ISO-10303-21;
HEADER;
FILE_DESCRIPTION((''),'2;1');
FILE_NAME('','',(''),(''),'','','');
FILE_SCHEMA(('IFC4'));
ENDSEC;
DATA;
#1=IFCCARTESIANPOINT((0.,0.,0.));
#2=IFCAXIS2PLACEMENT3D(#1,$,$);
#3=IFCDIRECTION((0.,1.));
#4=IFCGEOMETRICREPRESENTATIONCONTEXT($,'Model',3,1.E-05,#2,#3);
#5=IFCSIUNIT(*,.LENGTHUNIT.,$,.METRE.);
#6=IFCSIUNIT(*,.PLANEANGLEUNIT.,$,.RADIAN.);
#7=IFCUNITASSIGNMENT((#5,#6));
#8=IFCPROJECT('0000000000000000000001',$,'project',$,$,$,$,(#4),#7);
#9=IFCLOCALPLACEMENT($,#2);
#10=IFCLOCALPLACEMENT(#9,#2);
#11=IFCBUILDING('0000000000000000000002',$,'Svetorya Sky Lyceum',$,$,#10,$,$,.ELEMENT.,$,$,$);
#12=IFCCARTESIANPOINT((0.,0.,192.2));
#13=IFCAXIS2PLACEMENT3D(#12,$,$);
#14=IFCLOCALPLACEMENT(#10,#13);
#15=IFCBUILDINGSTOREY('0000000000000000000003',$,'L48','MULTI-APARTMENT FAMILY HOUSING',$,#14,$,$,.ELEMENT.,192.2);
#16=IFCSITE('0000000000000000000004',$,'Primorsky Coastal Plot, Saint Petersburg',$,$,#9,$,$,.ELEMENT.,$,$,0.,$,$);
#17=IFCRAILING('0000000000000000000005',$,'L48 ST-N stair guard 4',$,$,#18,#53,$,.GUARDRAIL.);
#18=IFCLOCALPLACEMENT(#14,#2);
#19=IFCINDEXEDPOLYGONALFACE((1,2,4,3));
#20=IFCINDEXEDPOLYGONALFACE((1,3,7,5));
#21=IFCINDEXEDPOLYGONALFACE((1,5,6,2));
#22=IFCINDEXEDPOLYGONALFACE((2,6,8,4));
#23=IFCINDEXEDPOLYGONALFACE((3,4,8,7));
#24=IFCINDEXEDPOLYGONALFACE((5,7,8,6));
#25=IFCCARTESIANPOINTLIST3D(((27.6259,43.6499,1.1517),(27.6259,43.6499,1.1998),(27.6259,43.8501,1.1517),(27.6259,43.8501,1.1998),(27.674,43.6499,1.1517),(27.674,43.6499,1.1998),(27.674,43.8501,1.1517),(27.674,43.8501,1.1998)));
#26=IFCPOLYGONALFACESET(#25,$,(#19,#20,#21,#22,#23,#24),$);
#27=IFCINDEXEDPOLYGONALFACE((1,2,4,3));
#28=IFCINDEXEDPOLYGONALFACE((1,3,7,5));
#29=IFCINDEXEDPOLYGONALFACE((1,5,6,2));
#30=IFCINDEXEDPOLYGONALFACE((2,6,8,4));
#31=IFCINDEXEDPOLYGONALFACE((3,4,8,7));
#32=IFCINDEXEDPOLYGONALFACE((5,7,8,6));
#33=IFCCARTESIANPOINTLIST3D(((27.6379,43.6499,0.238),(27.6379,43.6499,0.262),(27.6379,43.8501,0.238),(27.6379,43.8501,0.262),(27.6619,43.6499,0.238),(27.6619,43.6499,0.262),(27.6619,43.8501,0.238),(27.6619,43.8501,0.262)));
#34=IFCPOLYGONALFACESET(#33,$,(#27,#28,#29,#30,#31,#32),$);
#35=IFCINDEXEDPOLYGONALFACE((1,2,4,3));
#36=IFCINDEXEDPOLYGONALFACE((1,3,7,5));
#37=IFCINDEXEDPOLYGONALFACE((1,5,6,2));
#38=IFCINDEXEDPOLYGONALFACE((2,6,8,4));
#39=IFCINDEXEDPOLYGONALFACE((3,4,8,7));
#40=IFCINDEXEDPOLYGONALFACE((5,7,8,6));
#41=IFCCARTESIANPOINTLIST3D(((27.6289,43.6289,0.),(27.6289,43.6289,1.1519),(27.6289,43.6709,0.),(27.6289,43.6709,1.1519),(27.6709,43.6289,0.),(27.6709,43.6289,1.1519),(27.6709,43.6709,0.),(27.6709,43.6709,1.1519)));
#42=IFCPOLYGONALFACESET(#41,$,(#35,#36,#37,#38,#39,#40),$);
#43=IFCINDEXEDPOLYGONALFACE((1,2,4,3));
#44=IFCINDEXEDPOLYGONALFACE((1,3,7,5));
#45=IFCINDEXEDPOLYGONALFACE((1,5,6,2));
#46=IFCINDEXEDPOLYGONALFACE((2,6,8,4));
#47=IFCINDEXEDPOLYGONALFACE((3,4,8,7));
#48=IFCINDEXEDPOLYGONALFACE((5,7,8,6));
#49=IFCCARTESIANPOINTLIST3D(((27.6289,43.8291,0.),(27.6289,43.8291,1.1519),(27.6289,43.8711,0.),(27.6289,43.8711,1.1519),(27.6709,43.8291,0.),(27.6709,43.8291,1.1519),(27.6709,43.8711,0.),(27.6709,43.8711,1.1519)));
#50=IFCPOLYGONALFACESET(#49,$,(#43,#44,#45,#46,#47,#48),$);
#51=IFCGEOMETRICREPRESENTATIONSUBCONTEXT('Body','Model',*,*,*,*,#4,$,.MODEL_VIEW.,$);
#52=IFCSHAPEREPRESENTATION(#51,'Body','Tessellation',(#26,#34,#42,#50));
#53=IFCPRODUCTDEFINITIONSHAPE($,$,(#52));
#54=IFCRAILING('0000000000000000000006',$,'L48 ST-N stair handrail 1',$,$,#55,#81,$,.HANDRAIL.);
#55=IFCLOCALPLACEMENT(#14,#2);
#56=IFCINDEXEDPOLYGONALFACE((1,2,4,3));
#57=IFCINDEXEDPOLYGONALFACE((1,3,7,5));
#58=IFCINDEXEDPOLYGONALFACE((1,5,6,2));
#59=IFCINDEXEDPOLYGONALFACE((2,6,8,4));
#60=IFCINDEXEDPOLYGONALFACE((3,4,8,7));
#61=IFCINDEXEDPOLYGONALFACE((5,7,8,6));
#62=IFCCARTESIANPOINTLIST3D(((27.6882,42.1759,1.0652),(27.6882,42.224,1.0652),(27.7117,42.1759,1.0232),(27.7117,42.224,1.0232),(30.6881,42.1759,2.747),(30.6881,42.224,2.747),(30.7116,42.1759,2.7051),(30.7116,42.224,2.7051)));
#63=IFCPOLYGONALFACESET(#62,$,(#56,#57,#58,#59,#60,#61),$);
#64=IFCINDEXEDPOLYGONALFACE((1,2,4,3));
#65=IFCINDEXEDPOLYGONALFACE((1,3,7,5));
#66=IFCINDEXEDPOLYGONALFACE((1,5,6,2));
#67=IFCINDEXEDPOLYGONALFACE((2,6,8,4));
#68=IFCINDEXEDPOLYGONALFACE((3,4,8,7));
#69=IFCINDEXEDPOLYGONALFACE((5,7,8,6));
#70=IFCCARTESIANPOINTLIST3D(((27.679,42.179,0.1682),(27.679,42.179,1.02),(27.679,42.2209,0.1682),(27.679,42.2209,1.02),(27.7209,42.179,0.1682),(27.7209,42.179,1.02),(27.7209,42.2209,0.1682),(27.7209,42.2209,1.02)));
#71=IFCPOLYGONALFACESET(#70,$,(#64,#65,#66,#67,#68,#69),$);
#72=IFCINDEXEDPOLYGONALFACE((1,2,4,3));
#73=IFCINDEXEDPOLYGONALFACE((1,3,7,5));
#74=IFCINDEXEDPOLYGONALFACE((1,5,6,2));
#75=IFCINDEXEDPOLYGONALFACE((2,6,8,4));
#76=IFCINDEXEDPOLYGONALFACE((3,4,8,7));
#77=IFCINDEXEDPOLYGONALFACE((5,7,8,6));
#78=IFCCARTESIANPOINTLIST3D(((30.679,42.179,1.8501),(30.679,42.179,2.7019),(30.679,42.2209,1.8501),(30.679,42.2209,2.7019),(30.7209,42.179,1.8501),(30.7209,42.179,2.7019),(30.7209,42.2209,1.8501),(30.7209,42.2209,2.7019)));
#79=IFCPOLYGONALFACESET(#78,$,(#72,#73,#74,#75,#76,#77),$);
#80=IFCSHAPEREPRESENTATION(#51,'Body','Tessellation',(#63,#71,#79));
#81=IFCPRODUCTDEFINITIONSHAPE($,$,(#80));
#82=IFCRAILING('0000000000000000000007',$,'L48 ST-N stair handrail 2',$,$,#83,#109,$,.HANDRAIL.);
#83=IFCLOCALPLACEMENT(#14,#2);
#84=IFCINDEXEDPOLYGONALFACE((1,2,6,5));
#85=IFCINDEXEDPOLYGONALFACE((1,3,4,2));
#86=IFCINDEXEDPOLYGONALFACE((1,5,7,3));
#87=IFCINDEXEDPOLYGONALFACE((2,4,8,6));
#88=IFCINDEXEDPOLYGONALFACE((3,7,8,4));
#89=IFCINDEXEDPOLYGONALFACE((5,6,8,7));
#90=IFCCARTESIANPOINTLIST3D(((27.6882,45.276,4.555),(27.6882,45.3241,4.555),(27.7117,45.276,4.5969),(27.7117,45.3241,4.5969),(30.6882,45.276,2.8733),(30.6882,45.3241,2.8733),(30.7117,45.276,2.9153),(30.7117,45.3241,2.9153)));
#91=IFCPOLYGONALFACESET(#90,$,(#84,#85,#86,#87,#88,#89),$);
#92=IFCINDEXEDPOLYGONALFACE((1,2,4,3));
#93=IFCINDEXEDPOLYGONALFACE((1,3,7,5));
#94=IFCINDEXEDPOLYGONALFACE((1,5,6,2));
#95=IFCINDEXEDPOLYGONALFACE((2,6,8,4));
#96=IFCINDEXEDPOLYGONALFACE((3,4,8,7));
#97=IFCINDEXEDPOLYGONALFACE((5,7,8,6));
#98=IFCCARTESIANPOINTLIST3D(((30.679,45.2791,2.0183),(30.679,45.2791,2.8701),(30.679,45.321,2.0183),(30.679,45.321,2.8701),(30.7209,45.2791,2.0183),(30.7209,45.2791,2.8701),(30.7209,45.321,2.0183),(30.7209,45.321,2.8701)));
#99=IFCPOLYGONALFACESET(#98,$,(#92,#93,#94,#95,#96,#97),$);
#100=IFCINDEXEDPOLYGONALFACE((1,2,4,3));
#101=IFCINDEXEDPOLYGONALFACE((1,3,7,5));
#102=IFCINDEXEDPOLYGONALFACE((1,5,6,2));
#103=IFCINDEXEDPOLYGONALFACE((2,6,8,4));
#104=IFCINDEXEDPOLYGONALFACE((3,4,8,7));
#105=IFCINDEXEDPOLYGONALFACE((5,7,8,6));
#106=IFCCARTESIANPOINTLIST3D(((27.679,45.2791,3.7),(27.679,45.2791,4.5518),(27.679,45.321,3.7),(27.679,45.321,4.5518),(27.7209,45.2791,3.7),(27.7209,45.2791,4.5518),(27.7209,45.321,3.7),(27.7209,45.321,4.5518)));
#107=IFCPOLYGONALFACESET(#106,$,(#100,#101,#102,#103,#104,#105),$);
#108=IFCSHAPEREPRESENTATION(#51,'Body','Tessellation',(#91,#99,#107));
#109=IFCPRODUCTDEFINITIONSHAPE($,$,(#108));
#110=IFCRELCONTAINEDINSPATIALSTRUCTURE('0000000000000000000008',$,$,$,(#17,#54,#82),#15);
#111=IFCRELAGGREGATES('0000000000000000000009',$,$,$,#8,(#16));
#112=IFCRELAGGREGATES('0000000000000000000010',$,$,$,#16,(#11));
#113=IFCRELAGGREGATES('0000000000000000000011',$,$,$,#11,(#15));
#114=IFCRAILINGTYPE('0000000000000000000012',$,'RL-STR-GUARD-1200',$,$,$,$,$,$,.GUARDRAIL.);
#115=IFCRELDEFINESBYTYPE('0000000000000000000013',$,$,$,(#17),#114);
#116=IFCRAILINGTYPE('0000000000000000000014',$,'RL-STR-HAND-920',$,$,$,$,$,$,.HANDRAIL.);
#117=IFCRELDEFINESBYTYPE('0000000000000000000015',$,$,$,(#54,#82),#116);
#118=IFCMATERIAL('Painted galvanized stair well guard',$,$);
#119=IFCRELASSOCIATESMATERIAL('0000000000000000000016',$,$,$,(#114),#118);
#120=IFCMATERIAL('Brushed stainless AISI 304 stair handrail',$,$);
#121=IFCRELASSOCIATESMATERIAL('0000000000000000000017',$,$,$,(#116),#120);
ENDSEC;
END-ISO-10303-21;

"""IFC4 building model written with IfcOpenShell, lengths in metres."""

from ifc_helpers import new_model, si_unit, direction, frame, origin, origin_2d, place, context, subcontext, project, spatial, rectangle, extrude, material, type_object, element, save


model = new_model("IFC4")

# Units and contexts
model_context = context("Model", 3, precision=1e-05, world=origin(), true_north=direction((0.0, 1.0)))
body_context = subcontext(model_context, "Body", "Model", "MODEL_VIEW")
ifc_project = project(units=[si_unit("LENGTHUNIT", "METRE"), si_unit("PLANEANGLEUNIT", "RADIAN")], contexts=[model_context])

# Site, building, storey
site_placement = place(None, origin())
site = spatial("IfcSite", under=ifc_project, at=site_placement, Name="Primorsky Coastal Plot, Saint Petersburg", CompositionType="ELEMENT", RefElevation=0.0)
building_placement = place(site_placement, origin())
building = spatial("IfcBuilding", under=site, at=building_placement, Name="Svetorya Sky Lyceum", CompositionType="ELEMENT")
storey_placement = place(building_placement, frame((0.0, 0.0, 192.2)))
storey = spatial("IfcBuildingStorey", under=building, at=storey_placement, Name="L48", Description="MULTI-APARTMENT FAMILY HOUSING", CompositionType="ELEMENT", Elevation=192.2)

# Railings
ifc_material_1 = material(Name="Painted galvanized stair well guard")
railing_type_1 = type_object("IfcRailingType", Name="RL-STR-GUARD-1200", PredefinedType="GUARDRAIL", material=ifc_material_1)
railing_1_placement = place(storey_placement, frame((27.6499, 43.6499, 0.0)))
element("IfcRailing", 1, at=railing_1_placement, inside=storey, type_object=railing_type_1, Name="L48 ST-N stair guard 4", PredefinedType="GUARDRAIL", context=body_context, shape_type="SweptSolid", body=[
    extrude(rectangle(XDim=0.0481, YDim=0.0481, at=origin_2d()), frame((0.0, 0.0, 1.1758), z_axis=(0.0, 1.0, 0.0), x_axis=(-1.0, 0.0, 0.0)), (0.0, 0.0, 1.0), 0.2002),
    extrude(rectangle(XDim=0.0239, YDim=0.0239, at=origin_2d()), frame((0.0, 0.0, 0.25), z_axis=(0.0, 1.0, 0.0), x_axis=(-1.0, 0.0, 0.0)), (0.0, 0.0, 1.0), 0.2002),
    extrude(rectangle(XDim=0.042, YDim=0.042, at=origin_2d()), origin(), (0.0, 0.0, 1.0), 1.1519),
    extrude(rectangle(XDim=0.042, YDim=0.042, at=origin_2d()), frame((0.0, 0.2002, 0.0)), (0.0, 0.0, 1.0), 1.1519),
])
ifc_material_2 = material(Name="Brushed stainless AISI 304 stair handrail")
railing_type_2 = type_object("IfcRailingType", Name="RL-STR-HAND-920", PredefinedType="HANDRAIL", material=ifc_material_2)
railing_2_placement = place(storey_placement, frame((27.7, 42.2, 0.1682)))
element("IfcRailing", 2, at=railing_2_placement, inside=storey, type_object=railing_type_2, Name="L48 ST-N stair handrail 1", PredefinedType="HANDRAIL", context=body_context, shape_type="SweptSolid", body=[
    extrude(rectangle(XDim=0.0481, YDim=0.0481, at=origin_2d()), frame((0.0, 0.0, 0.876), z_axis=(0.872272, 0.0, 0.48902), x_axis=(0.0, 1.0, 0.0)), (0.0, 0.0, 1.0), 3.4392),
    extrude(rectangle(XDim=0.042, YDim=0.042, at=origin_2d()), origin(), (0.0, 0.0, 1.0), 0.8518),
    extrude(rectangle(XDim=0.042, YDim=0.042, at=origin_2d()), frame((3.0, 0.0, 1.6819)), (0.0, 0.0, 1.0), 0.8518),
])
railing_3_placement = place(storey_placement, frame((30.7, 45.3, 2.0183)))
element("IfcRailing", 3, at=railing_3_placement, inside=storey, type_object=railing_type_2, Name="L48 ST-N stair handrail 2", PredefinedType="HANDRAIL", context=body_context, shape_type="SweptSolid", body=[
    extrude(rectangle(XDim=0.0481, YDim=0.0481, at=origin_2d()), frame((0.0, 0.0, 0.876), z_axis=(-0.872303, 0.0, 0.488966), x_axis=(0.0, -1.0, 0.0)), (0.0, 0.0, 1.0), 3.4392),
    extrude(rectangle(XDim=0.042, YDim=0.042, at=origin_2d()), origin(), (0.0, 0.0, 1.0), 0.8518),
    extrude(rectangle(XDim=0.042, YDim=0.042, at=origin_2d()), frame((-3.0, 0.0, 1.6816)), (0.0, 0.0, 1.0), 0.8518),
])

save(model, "model.ifc")
